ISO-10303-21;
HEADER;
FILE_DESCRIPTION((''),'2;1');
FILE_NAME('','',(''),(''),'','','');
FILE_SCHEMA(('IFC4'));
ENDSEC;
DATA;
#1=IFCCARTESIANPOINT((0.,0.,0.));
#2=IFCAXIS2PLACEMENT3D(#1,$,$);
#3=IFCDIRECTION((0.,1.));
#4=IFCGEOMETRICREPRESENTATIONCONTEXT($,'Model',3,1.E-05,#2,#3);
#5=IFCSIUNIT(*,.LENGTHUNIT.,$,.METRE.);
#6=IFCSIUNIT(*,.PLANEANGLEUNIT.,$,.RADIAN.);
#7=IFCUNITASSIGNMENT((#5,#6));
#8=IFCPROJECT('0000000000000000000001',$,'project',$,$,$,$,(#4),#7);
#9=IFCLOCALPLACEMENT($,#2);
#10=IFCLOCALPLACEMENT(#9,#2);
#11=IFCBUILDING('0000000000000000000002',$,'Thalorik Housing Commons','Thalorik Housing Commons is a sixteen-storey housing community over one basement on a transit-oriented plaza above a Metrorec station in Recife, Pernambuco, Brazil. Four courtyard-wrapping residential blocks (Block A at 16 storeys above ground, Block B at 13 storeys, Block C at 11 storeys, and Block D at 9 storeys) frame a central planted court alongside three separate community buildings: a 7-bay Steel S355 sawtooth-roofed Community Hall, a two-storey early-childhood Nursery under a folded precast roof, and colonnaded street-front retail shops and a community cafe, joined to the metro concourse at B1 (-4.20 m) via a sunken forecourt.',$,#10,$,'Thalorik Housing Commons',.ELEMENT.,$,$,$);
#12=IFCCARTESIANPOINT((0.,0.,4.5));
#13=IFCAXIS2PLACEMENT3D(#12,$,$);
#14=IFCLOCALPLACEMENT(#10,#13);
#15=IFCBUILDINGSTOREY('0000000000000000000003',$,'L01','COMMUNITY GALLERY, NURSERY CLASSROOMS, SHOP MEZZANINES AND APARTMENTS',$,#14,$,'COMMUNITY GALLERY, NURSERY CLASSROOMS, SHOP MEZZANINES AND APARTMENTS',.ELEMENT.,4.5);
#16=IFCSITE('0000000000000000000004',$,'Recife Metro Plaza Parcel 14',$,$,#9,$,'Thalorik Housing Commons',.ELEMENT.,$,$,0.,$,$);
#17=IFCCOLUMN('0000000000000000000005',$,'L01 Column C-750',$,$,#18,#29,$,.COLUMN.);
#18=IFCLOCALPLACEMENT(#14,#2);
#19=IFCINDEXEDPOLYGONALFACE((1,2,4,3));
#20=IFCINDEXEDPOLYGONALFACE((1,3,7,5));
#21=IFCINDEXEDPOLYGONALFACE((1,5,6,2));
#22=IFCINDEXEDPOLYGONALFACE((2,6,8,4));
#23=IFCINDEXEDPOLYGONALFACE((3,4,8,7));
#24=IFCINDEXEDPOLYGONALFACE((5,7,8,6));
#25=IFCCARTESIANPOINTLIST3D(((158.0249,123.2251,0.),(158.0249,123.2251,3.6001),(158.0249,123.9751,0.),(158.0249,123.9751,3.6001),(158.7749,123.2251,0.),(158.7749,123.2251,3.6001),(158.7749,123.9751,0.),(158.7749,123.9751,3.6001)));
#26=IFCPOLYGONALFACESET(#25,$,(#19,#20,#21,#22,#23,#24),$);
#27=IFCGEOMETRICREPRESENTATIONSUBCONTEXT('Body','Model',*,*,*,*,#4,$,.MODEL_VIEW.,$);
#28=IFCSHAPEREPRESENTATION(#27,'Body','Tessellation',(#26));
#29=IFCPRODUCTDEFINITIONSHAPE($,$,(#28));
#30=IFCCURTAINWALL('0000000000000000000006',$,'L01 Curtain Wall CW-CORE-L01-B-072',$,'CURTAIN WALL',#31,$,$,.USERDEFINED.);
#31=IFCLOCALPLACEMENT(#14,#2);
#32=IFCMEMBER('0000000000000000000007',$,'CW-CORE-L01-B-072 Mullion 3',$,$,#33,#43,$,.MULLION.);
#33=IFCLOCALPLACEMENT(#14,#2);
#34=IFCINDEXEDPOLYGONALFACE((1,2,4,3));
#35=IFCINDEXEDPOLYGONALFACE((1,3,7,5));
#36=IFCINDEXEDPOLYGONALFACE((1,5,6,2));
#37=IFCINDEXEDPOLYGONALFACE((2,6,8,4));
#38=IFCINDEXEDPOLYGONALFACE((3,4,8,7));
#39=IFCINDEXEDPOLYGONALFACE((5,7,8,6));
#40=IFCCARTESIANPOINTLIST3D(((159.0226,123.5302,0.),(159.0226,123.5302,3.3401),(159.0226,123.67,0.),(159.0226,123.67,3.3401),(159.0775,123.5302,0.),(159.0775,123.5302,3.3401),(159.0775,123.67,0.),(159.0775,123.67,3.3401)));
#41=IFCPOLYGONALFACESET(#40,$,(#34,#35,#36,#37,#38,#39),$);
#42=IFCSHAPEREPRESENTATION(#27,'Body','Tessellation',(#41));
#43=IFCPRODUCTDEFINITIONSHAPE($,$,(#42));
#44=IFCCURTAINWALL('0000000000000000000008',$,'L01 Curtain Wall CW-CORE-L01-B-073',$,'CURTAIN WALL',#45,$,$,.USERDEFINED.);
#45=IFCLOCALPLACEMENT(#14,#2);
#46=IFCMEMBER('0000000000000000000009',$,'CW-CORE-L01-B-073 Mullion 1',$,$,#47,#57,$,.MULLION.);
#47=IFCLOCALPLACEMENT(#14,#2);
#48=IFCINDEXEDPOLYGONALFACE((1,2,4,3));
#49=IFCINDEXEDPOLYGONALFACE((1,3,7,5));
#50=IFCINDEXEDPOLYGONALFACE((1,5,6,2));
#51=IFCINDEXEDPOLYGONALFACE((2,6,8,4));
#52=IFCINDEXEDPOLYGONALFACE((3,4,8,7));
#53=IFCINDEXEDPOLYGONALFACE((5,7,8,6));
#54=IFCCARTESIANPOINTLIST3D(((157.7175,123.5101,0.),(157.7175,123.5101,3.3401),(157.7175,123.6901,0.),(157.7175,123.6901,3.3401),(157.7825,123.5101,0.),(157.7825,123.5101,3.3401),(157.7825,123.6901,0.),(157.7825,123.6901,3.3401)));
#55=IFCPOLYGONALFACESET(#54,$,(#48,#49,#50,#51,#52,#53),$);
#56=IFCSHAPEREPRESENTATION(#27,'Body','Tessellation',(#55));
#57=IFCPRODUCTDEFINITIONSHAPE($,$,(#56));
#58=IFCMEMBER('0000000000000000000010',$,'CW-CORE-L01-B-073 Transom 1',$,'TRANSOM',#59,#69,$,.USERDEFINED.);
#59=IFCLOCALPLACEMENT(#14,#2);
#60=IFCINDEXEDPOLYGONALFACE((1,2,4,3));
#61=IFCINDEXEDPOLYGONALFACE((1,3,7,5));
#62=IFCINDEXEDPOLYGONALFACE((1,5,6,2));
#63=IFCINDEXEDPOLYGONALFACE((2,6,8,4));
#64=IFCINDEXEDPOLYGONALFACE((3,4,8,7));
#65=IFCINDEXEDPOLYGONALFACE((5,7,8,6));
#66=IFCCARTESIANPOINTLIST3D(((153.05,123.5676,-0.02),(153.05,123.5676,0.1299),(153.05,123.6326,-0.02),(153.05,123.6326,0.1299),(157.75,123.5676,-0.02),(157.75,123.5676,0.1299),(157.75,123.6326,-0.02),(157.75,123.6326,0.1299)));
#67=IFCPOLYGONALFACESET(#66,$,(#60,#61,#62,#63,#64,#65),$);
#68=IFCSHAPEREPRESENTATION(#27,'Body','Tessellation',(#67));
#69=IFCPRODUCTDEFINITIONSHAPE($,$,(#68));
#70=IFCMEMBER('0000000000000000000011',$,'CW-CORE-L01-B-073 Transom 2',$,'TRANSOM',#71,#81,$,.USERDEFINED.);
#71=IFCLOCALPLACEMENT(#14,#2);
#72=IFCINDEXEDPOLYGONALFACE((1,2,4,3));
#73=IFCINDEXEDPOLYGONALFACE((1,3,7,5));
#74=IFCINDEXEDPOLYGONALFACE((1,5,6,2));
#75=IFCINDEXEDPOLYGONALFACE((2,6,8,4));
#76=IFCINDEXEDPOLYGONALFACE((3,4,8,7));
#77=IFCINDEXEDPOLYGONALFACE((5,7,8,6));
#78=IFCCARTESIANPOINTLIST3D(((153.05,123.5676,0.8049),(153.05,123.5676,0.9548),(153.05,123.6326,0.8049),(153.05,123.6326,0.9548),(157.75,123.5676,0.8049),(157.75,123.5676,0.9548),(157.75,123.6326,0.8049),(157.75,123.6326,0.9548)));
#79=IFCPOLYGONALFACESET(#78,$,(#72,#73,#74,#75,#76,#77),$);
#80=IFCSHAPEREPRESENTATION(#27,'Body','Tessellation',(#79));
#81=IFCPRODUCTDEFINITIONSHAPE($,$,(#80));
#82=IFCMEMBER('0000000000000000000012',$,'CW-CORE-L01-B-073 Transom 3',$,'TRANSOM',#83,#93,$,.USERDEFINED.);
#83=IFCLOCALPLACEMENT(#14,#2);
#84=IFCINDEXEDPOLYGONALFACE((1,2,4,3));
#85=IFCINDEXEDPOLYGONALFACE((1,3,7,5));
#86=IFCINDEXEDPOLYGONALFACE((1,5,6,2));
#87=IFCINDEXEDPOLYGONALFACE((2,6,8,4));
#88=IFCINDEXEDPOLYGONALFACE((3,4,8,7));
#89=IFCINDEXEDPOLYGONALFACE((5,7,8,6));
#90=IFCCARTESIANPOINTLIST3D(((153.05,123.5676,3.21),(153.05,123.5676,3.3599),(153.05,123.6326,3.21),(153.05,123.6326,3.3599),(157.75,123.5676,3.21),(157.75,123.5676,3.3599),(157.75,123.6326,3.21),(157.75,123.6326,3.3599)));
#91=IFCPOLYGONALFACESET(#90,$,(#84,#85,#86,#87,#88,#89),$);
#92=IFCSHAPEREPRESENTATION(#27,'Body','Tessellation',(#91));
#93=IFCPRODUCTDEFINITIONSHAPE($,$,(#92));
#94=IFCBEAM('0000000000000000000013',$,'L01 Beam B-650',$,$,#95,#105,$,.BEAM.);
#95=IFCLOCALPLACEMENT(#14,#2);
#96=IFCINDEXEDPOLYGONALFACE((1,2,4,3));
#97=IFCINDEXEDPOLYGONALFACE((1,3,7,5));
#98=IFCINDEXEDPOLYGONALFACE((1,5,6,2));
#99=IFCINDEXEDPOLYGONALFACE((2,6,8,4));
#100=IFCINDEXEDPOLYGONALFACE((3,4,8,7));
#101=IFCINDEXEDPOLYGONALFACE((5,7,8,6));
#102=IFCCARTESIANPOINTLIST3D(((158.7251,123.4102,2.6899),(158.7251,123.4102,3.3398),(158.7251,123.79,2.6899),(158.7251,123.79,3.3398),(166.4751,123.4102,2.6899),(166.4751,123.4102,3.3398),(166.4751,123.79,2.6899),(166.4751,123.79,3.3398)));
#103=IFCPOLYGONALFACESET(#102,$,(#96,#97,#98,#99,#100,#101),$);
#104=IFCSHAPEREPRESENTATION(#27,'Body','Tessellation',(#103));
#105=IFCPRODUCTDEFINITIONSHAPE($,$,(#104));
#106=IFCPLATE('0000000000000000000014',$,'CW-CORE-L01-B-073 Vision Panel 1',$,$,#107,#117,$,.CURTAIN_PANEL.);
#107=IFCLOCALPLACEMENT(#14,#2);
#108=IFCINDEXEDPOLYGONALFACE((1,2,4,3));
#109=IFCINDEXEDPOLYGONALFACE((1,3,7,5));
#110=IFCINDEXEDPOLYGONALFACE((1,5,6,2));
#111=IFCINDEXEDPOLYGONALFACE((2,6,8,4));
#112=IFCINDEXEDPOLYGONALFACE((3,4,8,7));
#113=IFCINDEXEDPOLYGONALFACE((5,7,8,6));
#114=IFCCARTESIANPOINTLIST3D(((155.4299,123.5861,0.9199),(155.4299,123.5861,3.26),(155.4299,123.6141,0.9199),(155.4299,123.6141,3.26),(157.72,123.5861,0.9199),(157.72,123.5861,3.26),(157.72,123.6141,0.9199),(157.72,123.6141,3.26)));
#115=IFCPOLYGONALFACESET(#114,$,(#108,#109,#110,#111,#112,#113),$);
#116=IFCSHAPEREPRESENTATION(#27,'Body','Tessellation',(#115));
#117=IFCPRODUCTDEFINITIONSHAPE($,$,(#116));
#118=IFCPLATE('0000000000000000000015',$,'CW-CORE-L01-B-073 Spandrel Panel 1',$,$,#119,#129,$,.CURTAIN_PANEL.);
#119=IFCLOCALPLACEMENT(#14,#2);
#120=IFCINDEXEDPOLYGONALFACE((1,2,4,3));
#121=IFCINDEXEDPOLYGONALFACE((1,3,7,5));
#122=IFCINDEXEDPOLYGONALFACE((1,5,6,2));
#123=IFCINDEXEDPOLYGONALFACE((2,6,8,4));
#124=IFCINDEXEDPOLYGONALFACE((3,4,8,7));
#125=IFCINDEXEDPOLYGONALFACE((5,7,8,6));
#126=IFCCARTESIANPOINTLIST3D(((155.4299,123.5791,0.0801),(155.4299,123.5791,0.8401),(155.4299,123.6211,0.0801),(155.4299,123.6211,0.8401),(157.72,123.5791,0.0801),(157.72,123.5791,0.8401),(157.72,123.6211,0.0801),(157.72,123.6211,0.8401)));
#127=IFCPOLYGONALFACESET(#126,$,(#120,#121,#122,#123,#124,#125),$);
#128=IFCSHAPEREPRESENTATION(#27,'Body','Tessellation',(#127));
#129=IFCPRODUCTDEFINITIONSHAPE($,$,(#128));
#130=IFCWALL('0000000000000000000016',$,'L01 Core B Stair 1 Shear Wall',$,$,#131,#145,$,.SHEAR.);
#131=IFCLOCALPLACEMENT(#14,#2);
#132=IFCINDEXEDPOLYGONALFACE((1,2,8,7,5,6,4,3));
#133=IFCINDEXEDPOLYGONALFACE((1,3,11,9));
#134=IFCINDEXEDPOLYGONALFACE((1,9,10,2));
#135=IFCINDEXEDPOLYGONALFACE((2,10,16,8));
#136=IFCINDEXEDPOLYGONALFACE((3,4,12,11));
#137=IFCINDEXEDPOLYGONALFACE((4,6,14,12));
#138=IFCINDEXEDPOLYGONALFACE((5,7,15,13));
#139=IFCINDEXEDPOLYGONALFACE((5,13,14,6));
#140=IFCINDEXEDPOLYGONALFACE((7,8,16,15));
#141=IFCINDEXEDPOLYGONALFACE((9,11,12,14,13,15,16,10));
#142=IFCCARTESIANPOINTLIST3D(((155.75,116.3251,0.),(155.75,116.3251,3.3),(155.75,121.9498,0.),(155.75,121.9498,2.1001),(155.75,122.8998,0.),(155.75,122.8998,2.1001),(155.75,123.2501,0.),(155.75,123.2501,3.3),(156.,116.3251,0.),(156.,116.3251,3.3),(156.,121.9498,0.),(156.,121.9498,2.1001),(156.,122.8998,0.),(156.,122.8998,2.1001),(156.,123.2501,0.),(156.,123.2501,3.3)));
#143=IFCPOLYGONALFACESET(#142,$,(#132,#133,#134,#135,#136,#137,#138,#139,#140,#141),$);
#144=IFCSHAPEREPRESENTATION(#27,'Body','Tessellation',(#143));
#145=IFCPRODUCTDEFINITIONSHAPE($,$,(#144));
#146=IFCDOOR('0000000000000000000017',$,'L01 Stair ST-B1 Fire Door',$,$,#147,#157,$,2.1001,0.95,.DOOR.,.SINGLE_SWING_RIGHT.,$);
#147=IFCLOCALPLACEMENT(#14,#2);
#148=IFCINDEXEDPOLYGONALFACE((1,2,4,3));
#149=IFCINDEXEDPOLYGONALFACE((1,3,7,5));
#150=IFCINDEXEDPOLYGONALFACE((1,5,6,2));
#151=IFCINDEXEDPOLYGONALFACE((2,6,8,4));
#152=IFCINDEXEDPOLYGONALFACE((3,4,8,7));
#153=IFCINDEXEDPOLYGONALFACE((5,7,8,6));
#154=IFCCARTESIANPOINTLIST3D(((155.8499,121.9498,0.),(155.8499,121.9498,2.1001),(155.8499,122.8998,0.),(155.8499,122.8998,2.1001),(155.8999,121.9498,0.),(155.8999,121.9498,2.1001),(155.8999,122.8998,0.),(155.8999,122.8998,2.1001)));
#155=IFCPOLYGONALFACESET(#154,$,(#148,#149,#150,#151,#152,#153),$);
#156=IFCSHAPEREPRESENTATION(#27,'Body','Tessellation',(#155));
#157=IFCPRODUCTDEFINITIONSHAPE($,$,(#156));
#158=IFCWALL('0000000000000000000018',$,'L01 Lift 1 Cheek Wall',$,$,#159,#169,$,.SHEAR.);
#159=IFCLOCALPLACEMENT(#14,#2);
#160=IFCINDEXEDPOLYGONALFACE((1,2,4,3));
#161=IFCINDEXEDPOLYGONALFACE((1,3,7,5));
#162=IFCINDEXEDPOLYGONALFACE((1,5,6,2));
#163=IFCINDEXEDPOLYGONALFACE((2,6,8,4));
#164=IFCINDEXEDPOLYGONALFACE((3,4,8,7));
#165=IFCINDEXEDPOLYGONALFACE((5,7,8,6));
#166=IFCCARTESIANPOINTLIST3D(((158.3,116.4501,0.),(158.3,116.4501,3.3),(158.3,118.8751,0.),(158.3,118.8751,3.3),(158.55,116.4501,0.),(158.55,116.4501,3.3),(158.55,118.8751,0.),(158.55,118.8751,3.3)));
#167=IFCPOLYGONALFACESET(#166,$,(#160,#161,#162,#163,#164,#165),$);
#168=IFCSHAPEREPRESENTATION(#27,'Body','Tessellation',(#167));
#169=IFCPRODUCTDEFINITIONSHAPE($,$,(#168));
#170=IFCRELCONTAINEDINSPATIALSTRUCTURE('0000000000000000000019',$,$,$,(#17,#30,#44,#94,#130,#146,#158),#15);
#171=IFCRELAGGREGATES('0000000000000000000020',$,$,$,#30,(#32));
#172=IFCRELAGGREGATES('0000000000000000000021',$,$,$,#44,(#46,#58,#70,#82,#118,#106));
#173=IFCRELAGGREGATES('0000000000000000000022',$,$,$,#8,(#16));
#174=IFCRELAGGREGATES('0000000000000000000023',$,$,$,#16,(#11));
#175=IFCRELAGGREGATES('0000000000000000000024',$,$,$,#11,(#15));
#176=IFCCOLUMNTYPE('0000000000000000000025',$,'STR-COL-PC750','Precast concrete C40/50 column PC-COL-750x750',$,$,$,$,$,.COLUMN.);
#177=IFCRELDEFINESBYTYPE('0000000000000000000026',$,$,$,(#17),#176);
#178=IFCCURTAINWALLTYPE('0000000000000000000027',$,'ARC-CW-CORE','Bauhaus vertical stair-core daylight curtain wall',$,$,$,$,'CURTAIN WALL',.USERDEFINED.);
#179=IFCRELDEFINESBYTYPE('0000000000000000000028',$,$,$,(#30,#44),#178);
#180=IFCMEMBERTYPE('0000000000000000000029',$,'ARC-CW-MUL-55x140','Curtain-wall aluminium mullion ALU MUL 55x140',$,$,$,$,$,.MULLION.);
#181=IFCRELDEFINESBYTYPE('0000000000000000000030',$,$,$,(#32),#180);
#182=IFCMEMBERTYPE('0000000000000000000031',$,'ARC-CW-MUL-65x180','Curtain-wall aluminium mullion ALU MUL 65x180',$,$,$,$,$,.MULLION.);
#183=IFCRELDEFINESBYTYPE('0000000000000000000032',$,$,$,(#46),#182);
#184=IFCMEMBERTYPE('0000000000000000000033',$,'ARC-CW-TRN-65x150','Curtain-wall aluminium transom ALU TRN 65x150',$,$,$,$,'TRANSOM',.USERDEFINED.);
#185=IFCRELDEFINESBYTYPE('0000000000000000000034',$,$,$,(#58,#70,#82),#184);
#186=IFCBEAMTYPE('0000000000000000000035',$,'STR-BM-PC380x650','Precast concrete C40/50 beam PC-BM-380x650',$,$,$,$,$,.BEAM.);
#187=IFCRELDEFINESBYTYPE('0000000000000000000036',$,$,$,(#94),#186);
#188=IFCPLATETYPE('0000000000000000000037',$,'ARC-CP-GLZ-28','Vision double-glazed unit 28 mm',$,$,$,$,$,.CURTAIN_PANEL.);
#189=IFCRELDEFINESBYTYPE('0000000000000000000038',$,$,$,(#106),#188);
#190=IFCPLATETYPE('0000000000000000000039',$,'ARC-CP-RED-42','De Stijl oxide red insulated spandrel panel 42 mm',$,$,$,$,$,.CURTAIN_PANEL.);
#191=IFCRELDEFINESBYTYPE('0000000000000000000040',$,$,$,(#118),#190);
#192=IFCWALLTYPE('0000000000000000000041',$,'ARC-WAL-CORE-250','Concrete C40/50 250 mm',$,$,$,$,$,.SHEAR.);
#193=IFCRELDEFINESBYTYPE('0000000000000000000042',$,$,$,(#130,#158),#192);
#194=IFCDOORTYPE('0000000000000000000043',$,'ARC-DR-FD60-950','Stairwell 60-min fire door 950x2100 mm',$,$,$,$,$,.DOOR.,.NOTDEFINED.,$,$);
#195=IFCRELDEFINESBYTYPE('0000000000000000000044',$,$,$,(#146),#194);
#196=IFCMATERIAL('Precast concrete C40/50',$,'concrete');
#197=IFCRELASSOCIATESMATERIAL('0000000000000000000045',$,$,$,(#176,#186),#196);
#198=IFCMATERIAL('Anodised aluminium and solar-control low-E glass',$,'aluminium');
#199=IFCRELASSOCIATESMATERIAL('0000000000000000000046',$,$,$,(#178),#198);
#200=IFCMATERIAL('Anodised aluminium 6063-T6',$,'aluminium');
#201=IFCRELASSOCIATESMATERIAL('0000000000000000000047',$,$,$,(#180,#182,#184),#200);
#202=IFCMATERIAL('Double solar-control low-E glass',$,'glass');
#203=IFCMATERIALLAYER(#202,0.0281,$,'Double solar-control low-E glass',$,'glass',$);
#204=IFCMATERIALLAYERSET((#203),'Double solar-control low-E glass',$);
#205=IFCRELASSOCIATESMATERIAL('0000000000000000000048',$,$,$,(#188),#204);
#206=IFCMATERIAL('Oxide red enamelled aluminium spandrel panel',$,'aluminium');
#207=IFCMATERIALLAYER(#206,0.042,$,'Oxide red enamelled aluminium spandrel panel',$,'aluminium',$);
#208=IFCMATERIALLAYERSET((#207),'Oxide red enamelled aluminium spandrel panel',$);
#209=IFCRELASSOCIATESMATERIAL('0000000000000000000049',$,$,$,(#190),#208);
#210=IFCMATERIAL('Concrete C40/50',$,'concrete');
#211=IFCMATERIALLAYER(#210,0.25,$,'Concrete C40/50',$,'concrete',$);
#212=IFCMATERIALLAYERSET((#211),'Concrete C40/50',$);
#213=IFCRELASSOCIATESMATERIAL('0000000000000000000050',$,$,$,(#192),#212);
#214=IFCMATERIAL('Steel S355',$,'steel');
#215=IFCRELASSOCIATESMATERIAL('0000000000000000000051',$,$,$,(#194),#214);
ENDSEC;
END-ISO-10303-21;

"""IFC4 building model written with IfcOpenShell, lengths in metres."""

from ifc_helpers import new_model, si_unit, direction, frame, frame_2d, origin, origin_2d, place, context, subcontext, project, spatial, rectangle, extrude, material, layer, layer_set, material_profile, profile_set, type_object, element, fill, aggregate, save


model = new_model("IFC4")

# Units and contexts
model_context = context("Model", 3, precision=1e-05, world=origin(), true_north=direction((0.0, 1.0)))
body_context = subcontext(model_context, "Body", "Model", "MODEL_VIEW")
ifc_project = project(units=[si_unit("LENGTHUNIT", "METRE"), si_unit("PLANEANGLEUNIT", "RADIAN")], contexts=[model_context])

# Site, building, storey
site_placement = place(None, origin())
site = spatial("IfcSite", under=ifc_project, at=site_placement, Name="Recife Metro Plaza Parcel 14", LongName="Thalorik Housing Commons", CompositionType="ELEMENT", RefElevation=0.0)
building_placement = place(site_placement, origin())
building = spatial("IfcBuilding", under=site, at=building_placement, Name="Thalorik Housing Commons", Description="Thalorik Housing Commons is a sixteen-storey housing community over one basement on a transit-oriented plaza above a Metrorec station in Recife, Pernambuco, Brazil. Four courtyard-wrapping residential blocks (Block A at 16 storeys above ground, Block B at 13 storeys, Block C at 11 storeys, and Block D at 9 storeys) frame a central planted court alongside three separate community buildings: a 7-bay Steel S355 sawtooth-roofed Community Hall, a two-storey early-childhood Nursery under a folded precast roof, and colonnaded street-front retail shops and a community cafe, joined to the metro concourse at B1 (-4.20 m) via a sunken forecourt.", LongName="Thalorik Housing Commons", CompositionType="ELEMENT")
storey_placement = place(building_placement, frame((0.0, 0.0, 4.5)))
storey = spatial("IfcBuildingStorey", under=building, at=storey_placement, Name="L01", Description="COMMUNITY GALLERY, NURSERY CLASSROOMS, SHOP MEZZANINES AND APARTMENTS", LongName="COMMUNITY GALLERY, NURSERY CLASSROOMS, SHOP MEZZANINES AND APARTMENTS", CompositionType="ELEMENT", Elevation=4.5)

# Column
ifc_material_1 = material(Name="Precast concrete C40/50", Category="concrete")
ifc_material_profile_1 = material_profile(ifc_material_1, rectangle(XDim=0.75, YDim=0.75, at=origin_2d()), Name="PC 750x750", Category="concrete")
ifc_profile_set_1 = profile_set([ifc_material_profile_1], Name="Precast concrete C40/50")
column_type = type_object("IfcColumnType", Name="STR-COL-PC750", Description="Precast concrete C40/50 column PC-COL-750x750", PredefinedType="COLUMN", material=ifc_profile_set_1)
column_placement = place(storey_placement, frame((158.3999, 123.6001, 0.0), z_axis=(0.0, 0.0, 1.0), x_axis=(1.0, 0.0, 0.0)))
element("IfcColumn", 1, at=column_placement, inside=storey, type_object=column_type, Name="L01 Column C-750", PredefinedType="COLUMN", context=body_context, shape_type="SweptSolid", body=[
    extrude(rectangle(XDim=0.75, YDim=0.75, at=origin_2d()), origin(), (0.0, 0.0, 1.0), 3.6001),
])

# Curtain wall, member
ifc_material_2 = material(Name="Anodised aluminium and solar-control low-E glass", Category="aluminium")
curtain_wall_type = type_object("IfcCurtainWallType", Name="ARC-CW-CORE", Description="Bauhaus vertical stair-core daylight curtain wall", ElementType="CURTAIN WALL", PredefinedType="USERDEFINED", material=ifc_material_2)
curtain_wall_1_placement = place(storey_placement, origin())
curtain_wall_1 = element("IfcCurtainWall", 2, at=curtain_wall_1_placement, inside=storey, type_object=curtain_wall_type, Name="L01 Curtain Wall CW-CORE-L01-B-072", ObjectType="CURTAIN WALL", PredefinedType="USERDEFINED")
ifc_material_3 = material(Name="Anodised aluminium 6063-T6", Category="aluminium")
ifc_material_profile_2 = material_profile(ifc_material_3, rectangle(XDim=0.0549, YDim=0.1399, at=origin_2d()), Name="ALU MUL 55x140", Category="aluminium")
ifc_profile_set_2 = profile_set([ifc_material_profile_2], Name="Anodised aluminium 6063-T6")
member_type_1 = type_object("IfcMemberType", Name="ARC-CW-MUL-55x140", Description="Curtain-wall aluminium mullion ALU MUL 55x140", PredefinedType="MULLION", material=ifc_profile_set_2)
member_1_placement = place(storey_placement, frame((159.05, 123.6001, 0.0), z_axis=(0.0, 0.0, 1.0), x_axis=(-1.0, 0.0, 0.0)))
member_1 = element("IfcMember", 3, at=member_1_placement, type_object=member_type_1, Name="CW-CORE-L01-B-072 Mullion 3", PredefinedType="MULLION", context=body_context, shape_type="SweptSolid", body=[
    extrude(rectangle(XDim=0.0549, YDim=0.1399, at=origin_2d()), origin(), (0.0, 0.0, 1.0), 3.3401),
])
aggregate(curtain_wall_1, [member_1])

# Curtain wall, members
curtain_wall_2_placement = place(storey_placement, origin())
curtain_wall_2 = element("IfcCurtainWall", 4, at=curtain_wall_2_placement, inside=storey, type_object=curtain_wall_type, Name="L01 Curtain Wall CW-CORE-L01-B-073", ObjectType="CURTAIN WALL", PredefinedType="USERDEFINED")
ifc_material_profile_3 = material_profile(ifc_material_3, rectangle(XDim=0.0649, YDim=0.1799, at=origin_2d()), Name="ALU MUL 65x180", Category="aluminium")
ifc_profile_set_3 = profile_set([ifc_material_profile_3], Name="Anodised aluminium 6063-T6")
member_type_2 = type_object("IfcMemberType", Name="ARC-CW-MUL-65x180", Description="Curtain-wall aluminium mullion ALU MUL 65x180", PredefinedType="MULLION", material=ifc_profile_set_3)
member_2_placement = place(storey_placement, frame((157.75, 123.6001, 0.0), z_axis=(0.0, 0.0, 1.0), x_axis=(-1.0, 0.0, 0.0)))
member_2 = element("IfcMember", 5, at=member_2_placement, type_object=member_type_2, Name="CW-CORE-L01-B-073 Mullion 1", PredefinedType="MULLION", context=body_context, shape_type="SweptSolid", body=[
    extrude(rectangle(XDim=0.0649, YDim=0.1799, at=origin_2d()), origin(), (0.0, 0.0, 1.0), 3.3401),
])
ifc_material_profile_4 = material_profile(ifc_material_3, rectangle(XDim=0.0649, YDim=0.1499, at=origin_2d()), Name="ALU TRN 65x150", Category="aluminium")
ifc_profile_set_4 = profile_set([ifc_material_profile_4], Name="Anodised aluminium 6063-T6")
member_type_3 = type_object("IfcMemberType", Name="ARC-CW-TRN-65x150", Description="Curtain-wall aluminium transom ALU TRN 65x150", ElementType="TRANSOM", PredefinedType="USERDEFINED", material=ifc_profile_set_4)
member_3_placement = place(storey_placement, frame((157.75, 123.6001, 0.0549), z_axis=(-1.0, 0.0, 0.0), x_axis=(0.0, -1.0, 0.0)))
member_3 = element("IfcMember", 6, at=member_3_placement, type_object=member_type_3, Name="CW-CORE-L01-B-073 Transom 1", ObjectType="TRANSOM", PredefinedType="USERDEFINED", context=body_context, shape_type="SweptSolid", body=[
    extrude(rectangle(XDim=0.0649, YDim=0.1499, at=origin_2d()), origin(), (0.0, 0.0, 1.0), 4.7),
])
member_4_placement = place(storey_placement, frame((157.75, 123.6001, 0.8799), z_axis=(-1.0, 0.0, 0.0), x_axis=(0.0, -1.0, 0.0)))
member_4 = element("IfcMember", 7, at=member_4_placement, type_object=member_type_3, Name="CW-CORE-L01-B-073 Transom 2", ObjectType="TRANSOM", PredefinedType="USERDEFINED", context=body_context, shape_type="SweptSolid", body=[
    extrude(rectangle(XDim=0.0649, YDim=0.1499, at=origin_2d()), origin(), (0.0, 0.0, 1.0), 4.7),
])
member_5_placement = place(storey_placement, frame((157.75, 123.6001, 3.2849), z_axis=(-1.0, 0.0, 0.0), x_axis=(0.0, -1.0, 0.0)))
member_5 = element("IfcMember", 8, at=member_5_placement, type_object=member_type_3, Name="CW-CORE-L01-B-073 Transom 3", ObjectType="TRANSOM", PredefinedType="USERDEFINED", context=body_context, shape_type="SweptSolid", body=[
    extrude(rectangle(XDim=0.0649, YDim=0.1499, at=origin_2d()), origin(), (0.0, 0.0, 1.0), 4.7),
])

# Beam
ifc_material_profile_5 = material_profile(ifc_material_1, rectangle(XDim=0.3799, YDim=0.6499, at=origin_2d()), Name="PC 380x650", Category="concrete")
ifc_profile_set_5 = profile_set([ifc_material_profile_5], Name="Precast concrete C40/50")
beam_type = type_object("IfcBeamType", Name="STR-BM-PC380x650", Description="Precast concrete C40/50 beam PC-BM-380x650", PredefinedType="BEAM", material=ifc_profile_set_5)
beam_placement = place(storey_placement, frame((158.7251, 123.6001, 3.0149), z_axis=(1.0, 0.0, 0.0), x_axis=(0.0, 1.0, 0.0)))
element("IfcBeam", 9, at=beam_placement, inside=storey, type_object=beam_type, Name="L01 Beam B-650", PredefinedType="BEAM", context=body_context, shape_type="SweptSolid", body=[
    extrude(rectangle(XDim=0.3799, YDim=0.6499, at=origin_2d()), origin(), (0.0, 0.0, 1.0), 7.75),
])

# Plates
ifc_material_4 = material(Name="Double solar-control low-E glass", Category="glass")
ifc_layer_1 = layer(ifc_material_4, 0.0281, Name="Double solar-control low-E glass", Category="glass")
ifc_layer_set_1 = layer_set([ifc_layer_1], Name="Double solar-control low-E glass")
plate_type_1 = type_object("IfcPlateType", Name="ARC-CP-GLZ-28", Description="Vision double-glazed unit 28 mm", PredefinedType="CURTAIN_PANEL", material=ifc_layer_set_1)
plate_1_placement = place(storey_placement, frame((156.575, 123.6001, 0.9199), z_axis=(0.0, 0.0, 1.0), x_axis=(-1.0, 0.0, 0.0)))
plate_1 = element("IfcPlate", 10, at=plate_1_placement, type_object=plate_type_1, Name="CW-CORE-L01-B-073 Vision Panel 1", PredefinedType="CURTAIN_PANEL", context=body_context, shape_type="SweptSolid", body=[
    extrude(rectangle(XDim=2.29, YDim=0.0281, at=origin_2d()), origin(), (0.0, 0.0, 1.0), 2.3401),
])
ifc_material_5 = material(Name="Oxide red enamelled aluminium spandrel panel", Category="aluminium")
ifc_layer_2 = layer(ifc_material_5, 0.042, Name="Oxide red enamelled aluminium spandrel panel", Category="aluminium")
ifc_layer_set_2 = layer_set([ifc_layer_2], Name="Oxide red enamelled aluminium spandrel panel")
plate_type_2 = type_object("IfcPlateType", Name="ARC-CP-RED-42", Description="De Stijl oxide red insulated spandrel panel 42 mm", PredefinedType="CURTAIN_PANEL", material=ifc_layer_set_2)
plate_2_placement = place(storey_placement, frame((156.575, 123.6001, 0.0801), z_axis=(0.0, 0.0, 1.0), x_axis=(-1.0, 0.0, 0.0)))
plate_2 = element("IfcPlate", 11, at=plate_2_placement, type_object=plate_type_2, Name="CW-CORE-L01-B-073 Spandrel Panel 1", PredefinedType="CURTAIN_PANEL", context=body_context, shape_type="SweptSolid", body=[
    extrude(rectangle(XDim=2.29, YDim=0.042, at=origin_2d()), origin(), (0.0, 0.0, 1.0), 0.76),
])
aggregate(curtain_wall_2, [member_2, member_3, member_4, member_5, plate_2, plate_1])

# Wall, opening, door
ifc_material_6 = material(Name="Concrete C40/50", Category="concrete")
ifc_layer_3 = layer(ifc_material_6, 0.25, Name="Concrete C40/50", Category="concrete")
ifc_layer_set_3 = layer_set([ifc_layer_3], Name="Concrete C40/50")
wall_type_1 = type_object("IfcWallType", Name="ARC-WAL-CORE-250", Description="Concrete C40/50 250 mm", PredefinedType="SHEAR", material=ifc_layer_set_3)
wall_1_placement = place(storey_placement, frame((155.875, 123.25, 0.0), z_axis=(0.0, 0.0, 1.0), x_axis=(0.0, -1.0, 0.0)))
wall_1 = element("IfcWall", 12, at=wall_1_placement, inside=storey, type_object=wall_type_1, Name="L01 Core B Stair 1 Shear Wall", PredefinedType="SHEAR", context=body_context, shape_type="SweptSolid", body=[
    extrude(rectangle(XDim=6.925, YDim=0.25, at=frame_2d((3.4624, 0.0))), origin(), (0.0, 0.0, 1.0), 3.3),
])
opening_1_placement = place(wall_1_placement, frame((0.3501, 0.0, 0.0)))
opening_1 = element("IfcOpeningElement", 13, at=opening_1_placement, cuts=wall_1, PredefinedType="OPENING", context=body_context, shape_type="SweptSolid", body=[
    extrude(rectangle(XDim=0.95, YDim=2.1001, at=frame_2d((0.4751, 1.05))), frame((0.0, 0.135, 0.0), z_axis=(0.0, -1.0, 0.0), x_axis=(1.0, 0.0, 0.0)), (0.0, 0.0, 1.0), 0.27),
])
ifc_material_7 = material(Name="Steel S355", Category="steel")
door_type_1 = type_object("IfcDoorType", Name="ARC-DR-FD60-950", Description="Stairwell 60-min fire door 950x2100 mm", OperationType="NOTDEFINED", PredefinedType="DOOR", material=ifc_material_7)
door_1_placement = place(opening_1_placement, origin())
door_1 = element("IfcDoor", 14, at=door_1_placement, inside=storey, type_object=door_type_1, Name="L01 Stair ST-B1 Fire Door", OperationType="SINGLE_SWING_RIGHT", OverallHeight=2.1001, OverallWidth=0.95, PredefinedType="DOOR", context=body_context, shape_type="SweptSolid", body=[
    extrude(rectangle(XDim=0.95, YDim=2.1001, at=frame_2d((0.4751, 1.05))), frame((0.0, 0.0249, 0.0), z_axis=(0.0, -1.0, 0.0), x_axis=(1.0, 0.0, 0.0)), (0.0, 0.0, 1.0), 0.05),
])
fill(opening_1, door_1)

# Wall
for number, where, z_axis, x_axis, name in (
    (15, (158.425, 118.875, 0.0), (0.0, 0.0, 1.0), (0.0, -1.0, 0.0), "L01 Lift 1 Cheek Wall"),
):
    element("IfcWall", number, at=place(storey_placement, frame(where, z_axis=z_axis, x_axis=x_axis)), inside=storey, type_object=wall_type_1, Name=name, PredefinedType="SHEAR", context=body_context, shape_type="SweptSolid", body=[
        extrude(rectangle(XDim=2.425, YDim=0.25, at=frame_2d((1.2124, 0.0))), origin(), (0.0, 0.0, 1.0), 3.3),
    ])

save(model, "model.ifc")
